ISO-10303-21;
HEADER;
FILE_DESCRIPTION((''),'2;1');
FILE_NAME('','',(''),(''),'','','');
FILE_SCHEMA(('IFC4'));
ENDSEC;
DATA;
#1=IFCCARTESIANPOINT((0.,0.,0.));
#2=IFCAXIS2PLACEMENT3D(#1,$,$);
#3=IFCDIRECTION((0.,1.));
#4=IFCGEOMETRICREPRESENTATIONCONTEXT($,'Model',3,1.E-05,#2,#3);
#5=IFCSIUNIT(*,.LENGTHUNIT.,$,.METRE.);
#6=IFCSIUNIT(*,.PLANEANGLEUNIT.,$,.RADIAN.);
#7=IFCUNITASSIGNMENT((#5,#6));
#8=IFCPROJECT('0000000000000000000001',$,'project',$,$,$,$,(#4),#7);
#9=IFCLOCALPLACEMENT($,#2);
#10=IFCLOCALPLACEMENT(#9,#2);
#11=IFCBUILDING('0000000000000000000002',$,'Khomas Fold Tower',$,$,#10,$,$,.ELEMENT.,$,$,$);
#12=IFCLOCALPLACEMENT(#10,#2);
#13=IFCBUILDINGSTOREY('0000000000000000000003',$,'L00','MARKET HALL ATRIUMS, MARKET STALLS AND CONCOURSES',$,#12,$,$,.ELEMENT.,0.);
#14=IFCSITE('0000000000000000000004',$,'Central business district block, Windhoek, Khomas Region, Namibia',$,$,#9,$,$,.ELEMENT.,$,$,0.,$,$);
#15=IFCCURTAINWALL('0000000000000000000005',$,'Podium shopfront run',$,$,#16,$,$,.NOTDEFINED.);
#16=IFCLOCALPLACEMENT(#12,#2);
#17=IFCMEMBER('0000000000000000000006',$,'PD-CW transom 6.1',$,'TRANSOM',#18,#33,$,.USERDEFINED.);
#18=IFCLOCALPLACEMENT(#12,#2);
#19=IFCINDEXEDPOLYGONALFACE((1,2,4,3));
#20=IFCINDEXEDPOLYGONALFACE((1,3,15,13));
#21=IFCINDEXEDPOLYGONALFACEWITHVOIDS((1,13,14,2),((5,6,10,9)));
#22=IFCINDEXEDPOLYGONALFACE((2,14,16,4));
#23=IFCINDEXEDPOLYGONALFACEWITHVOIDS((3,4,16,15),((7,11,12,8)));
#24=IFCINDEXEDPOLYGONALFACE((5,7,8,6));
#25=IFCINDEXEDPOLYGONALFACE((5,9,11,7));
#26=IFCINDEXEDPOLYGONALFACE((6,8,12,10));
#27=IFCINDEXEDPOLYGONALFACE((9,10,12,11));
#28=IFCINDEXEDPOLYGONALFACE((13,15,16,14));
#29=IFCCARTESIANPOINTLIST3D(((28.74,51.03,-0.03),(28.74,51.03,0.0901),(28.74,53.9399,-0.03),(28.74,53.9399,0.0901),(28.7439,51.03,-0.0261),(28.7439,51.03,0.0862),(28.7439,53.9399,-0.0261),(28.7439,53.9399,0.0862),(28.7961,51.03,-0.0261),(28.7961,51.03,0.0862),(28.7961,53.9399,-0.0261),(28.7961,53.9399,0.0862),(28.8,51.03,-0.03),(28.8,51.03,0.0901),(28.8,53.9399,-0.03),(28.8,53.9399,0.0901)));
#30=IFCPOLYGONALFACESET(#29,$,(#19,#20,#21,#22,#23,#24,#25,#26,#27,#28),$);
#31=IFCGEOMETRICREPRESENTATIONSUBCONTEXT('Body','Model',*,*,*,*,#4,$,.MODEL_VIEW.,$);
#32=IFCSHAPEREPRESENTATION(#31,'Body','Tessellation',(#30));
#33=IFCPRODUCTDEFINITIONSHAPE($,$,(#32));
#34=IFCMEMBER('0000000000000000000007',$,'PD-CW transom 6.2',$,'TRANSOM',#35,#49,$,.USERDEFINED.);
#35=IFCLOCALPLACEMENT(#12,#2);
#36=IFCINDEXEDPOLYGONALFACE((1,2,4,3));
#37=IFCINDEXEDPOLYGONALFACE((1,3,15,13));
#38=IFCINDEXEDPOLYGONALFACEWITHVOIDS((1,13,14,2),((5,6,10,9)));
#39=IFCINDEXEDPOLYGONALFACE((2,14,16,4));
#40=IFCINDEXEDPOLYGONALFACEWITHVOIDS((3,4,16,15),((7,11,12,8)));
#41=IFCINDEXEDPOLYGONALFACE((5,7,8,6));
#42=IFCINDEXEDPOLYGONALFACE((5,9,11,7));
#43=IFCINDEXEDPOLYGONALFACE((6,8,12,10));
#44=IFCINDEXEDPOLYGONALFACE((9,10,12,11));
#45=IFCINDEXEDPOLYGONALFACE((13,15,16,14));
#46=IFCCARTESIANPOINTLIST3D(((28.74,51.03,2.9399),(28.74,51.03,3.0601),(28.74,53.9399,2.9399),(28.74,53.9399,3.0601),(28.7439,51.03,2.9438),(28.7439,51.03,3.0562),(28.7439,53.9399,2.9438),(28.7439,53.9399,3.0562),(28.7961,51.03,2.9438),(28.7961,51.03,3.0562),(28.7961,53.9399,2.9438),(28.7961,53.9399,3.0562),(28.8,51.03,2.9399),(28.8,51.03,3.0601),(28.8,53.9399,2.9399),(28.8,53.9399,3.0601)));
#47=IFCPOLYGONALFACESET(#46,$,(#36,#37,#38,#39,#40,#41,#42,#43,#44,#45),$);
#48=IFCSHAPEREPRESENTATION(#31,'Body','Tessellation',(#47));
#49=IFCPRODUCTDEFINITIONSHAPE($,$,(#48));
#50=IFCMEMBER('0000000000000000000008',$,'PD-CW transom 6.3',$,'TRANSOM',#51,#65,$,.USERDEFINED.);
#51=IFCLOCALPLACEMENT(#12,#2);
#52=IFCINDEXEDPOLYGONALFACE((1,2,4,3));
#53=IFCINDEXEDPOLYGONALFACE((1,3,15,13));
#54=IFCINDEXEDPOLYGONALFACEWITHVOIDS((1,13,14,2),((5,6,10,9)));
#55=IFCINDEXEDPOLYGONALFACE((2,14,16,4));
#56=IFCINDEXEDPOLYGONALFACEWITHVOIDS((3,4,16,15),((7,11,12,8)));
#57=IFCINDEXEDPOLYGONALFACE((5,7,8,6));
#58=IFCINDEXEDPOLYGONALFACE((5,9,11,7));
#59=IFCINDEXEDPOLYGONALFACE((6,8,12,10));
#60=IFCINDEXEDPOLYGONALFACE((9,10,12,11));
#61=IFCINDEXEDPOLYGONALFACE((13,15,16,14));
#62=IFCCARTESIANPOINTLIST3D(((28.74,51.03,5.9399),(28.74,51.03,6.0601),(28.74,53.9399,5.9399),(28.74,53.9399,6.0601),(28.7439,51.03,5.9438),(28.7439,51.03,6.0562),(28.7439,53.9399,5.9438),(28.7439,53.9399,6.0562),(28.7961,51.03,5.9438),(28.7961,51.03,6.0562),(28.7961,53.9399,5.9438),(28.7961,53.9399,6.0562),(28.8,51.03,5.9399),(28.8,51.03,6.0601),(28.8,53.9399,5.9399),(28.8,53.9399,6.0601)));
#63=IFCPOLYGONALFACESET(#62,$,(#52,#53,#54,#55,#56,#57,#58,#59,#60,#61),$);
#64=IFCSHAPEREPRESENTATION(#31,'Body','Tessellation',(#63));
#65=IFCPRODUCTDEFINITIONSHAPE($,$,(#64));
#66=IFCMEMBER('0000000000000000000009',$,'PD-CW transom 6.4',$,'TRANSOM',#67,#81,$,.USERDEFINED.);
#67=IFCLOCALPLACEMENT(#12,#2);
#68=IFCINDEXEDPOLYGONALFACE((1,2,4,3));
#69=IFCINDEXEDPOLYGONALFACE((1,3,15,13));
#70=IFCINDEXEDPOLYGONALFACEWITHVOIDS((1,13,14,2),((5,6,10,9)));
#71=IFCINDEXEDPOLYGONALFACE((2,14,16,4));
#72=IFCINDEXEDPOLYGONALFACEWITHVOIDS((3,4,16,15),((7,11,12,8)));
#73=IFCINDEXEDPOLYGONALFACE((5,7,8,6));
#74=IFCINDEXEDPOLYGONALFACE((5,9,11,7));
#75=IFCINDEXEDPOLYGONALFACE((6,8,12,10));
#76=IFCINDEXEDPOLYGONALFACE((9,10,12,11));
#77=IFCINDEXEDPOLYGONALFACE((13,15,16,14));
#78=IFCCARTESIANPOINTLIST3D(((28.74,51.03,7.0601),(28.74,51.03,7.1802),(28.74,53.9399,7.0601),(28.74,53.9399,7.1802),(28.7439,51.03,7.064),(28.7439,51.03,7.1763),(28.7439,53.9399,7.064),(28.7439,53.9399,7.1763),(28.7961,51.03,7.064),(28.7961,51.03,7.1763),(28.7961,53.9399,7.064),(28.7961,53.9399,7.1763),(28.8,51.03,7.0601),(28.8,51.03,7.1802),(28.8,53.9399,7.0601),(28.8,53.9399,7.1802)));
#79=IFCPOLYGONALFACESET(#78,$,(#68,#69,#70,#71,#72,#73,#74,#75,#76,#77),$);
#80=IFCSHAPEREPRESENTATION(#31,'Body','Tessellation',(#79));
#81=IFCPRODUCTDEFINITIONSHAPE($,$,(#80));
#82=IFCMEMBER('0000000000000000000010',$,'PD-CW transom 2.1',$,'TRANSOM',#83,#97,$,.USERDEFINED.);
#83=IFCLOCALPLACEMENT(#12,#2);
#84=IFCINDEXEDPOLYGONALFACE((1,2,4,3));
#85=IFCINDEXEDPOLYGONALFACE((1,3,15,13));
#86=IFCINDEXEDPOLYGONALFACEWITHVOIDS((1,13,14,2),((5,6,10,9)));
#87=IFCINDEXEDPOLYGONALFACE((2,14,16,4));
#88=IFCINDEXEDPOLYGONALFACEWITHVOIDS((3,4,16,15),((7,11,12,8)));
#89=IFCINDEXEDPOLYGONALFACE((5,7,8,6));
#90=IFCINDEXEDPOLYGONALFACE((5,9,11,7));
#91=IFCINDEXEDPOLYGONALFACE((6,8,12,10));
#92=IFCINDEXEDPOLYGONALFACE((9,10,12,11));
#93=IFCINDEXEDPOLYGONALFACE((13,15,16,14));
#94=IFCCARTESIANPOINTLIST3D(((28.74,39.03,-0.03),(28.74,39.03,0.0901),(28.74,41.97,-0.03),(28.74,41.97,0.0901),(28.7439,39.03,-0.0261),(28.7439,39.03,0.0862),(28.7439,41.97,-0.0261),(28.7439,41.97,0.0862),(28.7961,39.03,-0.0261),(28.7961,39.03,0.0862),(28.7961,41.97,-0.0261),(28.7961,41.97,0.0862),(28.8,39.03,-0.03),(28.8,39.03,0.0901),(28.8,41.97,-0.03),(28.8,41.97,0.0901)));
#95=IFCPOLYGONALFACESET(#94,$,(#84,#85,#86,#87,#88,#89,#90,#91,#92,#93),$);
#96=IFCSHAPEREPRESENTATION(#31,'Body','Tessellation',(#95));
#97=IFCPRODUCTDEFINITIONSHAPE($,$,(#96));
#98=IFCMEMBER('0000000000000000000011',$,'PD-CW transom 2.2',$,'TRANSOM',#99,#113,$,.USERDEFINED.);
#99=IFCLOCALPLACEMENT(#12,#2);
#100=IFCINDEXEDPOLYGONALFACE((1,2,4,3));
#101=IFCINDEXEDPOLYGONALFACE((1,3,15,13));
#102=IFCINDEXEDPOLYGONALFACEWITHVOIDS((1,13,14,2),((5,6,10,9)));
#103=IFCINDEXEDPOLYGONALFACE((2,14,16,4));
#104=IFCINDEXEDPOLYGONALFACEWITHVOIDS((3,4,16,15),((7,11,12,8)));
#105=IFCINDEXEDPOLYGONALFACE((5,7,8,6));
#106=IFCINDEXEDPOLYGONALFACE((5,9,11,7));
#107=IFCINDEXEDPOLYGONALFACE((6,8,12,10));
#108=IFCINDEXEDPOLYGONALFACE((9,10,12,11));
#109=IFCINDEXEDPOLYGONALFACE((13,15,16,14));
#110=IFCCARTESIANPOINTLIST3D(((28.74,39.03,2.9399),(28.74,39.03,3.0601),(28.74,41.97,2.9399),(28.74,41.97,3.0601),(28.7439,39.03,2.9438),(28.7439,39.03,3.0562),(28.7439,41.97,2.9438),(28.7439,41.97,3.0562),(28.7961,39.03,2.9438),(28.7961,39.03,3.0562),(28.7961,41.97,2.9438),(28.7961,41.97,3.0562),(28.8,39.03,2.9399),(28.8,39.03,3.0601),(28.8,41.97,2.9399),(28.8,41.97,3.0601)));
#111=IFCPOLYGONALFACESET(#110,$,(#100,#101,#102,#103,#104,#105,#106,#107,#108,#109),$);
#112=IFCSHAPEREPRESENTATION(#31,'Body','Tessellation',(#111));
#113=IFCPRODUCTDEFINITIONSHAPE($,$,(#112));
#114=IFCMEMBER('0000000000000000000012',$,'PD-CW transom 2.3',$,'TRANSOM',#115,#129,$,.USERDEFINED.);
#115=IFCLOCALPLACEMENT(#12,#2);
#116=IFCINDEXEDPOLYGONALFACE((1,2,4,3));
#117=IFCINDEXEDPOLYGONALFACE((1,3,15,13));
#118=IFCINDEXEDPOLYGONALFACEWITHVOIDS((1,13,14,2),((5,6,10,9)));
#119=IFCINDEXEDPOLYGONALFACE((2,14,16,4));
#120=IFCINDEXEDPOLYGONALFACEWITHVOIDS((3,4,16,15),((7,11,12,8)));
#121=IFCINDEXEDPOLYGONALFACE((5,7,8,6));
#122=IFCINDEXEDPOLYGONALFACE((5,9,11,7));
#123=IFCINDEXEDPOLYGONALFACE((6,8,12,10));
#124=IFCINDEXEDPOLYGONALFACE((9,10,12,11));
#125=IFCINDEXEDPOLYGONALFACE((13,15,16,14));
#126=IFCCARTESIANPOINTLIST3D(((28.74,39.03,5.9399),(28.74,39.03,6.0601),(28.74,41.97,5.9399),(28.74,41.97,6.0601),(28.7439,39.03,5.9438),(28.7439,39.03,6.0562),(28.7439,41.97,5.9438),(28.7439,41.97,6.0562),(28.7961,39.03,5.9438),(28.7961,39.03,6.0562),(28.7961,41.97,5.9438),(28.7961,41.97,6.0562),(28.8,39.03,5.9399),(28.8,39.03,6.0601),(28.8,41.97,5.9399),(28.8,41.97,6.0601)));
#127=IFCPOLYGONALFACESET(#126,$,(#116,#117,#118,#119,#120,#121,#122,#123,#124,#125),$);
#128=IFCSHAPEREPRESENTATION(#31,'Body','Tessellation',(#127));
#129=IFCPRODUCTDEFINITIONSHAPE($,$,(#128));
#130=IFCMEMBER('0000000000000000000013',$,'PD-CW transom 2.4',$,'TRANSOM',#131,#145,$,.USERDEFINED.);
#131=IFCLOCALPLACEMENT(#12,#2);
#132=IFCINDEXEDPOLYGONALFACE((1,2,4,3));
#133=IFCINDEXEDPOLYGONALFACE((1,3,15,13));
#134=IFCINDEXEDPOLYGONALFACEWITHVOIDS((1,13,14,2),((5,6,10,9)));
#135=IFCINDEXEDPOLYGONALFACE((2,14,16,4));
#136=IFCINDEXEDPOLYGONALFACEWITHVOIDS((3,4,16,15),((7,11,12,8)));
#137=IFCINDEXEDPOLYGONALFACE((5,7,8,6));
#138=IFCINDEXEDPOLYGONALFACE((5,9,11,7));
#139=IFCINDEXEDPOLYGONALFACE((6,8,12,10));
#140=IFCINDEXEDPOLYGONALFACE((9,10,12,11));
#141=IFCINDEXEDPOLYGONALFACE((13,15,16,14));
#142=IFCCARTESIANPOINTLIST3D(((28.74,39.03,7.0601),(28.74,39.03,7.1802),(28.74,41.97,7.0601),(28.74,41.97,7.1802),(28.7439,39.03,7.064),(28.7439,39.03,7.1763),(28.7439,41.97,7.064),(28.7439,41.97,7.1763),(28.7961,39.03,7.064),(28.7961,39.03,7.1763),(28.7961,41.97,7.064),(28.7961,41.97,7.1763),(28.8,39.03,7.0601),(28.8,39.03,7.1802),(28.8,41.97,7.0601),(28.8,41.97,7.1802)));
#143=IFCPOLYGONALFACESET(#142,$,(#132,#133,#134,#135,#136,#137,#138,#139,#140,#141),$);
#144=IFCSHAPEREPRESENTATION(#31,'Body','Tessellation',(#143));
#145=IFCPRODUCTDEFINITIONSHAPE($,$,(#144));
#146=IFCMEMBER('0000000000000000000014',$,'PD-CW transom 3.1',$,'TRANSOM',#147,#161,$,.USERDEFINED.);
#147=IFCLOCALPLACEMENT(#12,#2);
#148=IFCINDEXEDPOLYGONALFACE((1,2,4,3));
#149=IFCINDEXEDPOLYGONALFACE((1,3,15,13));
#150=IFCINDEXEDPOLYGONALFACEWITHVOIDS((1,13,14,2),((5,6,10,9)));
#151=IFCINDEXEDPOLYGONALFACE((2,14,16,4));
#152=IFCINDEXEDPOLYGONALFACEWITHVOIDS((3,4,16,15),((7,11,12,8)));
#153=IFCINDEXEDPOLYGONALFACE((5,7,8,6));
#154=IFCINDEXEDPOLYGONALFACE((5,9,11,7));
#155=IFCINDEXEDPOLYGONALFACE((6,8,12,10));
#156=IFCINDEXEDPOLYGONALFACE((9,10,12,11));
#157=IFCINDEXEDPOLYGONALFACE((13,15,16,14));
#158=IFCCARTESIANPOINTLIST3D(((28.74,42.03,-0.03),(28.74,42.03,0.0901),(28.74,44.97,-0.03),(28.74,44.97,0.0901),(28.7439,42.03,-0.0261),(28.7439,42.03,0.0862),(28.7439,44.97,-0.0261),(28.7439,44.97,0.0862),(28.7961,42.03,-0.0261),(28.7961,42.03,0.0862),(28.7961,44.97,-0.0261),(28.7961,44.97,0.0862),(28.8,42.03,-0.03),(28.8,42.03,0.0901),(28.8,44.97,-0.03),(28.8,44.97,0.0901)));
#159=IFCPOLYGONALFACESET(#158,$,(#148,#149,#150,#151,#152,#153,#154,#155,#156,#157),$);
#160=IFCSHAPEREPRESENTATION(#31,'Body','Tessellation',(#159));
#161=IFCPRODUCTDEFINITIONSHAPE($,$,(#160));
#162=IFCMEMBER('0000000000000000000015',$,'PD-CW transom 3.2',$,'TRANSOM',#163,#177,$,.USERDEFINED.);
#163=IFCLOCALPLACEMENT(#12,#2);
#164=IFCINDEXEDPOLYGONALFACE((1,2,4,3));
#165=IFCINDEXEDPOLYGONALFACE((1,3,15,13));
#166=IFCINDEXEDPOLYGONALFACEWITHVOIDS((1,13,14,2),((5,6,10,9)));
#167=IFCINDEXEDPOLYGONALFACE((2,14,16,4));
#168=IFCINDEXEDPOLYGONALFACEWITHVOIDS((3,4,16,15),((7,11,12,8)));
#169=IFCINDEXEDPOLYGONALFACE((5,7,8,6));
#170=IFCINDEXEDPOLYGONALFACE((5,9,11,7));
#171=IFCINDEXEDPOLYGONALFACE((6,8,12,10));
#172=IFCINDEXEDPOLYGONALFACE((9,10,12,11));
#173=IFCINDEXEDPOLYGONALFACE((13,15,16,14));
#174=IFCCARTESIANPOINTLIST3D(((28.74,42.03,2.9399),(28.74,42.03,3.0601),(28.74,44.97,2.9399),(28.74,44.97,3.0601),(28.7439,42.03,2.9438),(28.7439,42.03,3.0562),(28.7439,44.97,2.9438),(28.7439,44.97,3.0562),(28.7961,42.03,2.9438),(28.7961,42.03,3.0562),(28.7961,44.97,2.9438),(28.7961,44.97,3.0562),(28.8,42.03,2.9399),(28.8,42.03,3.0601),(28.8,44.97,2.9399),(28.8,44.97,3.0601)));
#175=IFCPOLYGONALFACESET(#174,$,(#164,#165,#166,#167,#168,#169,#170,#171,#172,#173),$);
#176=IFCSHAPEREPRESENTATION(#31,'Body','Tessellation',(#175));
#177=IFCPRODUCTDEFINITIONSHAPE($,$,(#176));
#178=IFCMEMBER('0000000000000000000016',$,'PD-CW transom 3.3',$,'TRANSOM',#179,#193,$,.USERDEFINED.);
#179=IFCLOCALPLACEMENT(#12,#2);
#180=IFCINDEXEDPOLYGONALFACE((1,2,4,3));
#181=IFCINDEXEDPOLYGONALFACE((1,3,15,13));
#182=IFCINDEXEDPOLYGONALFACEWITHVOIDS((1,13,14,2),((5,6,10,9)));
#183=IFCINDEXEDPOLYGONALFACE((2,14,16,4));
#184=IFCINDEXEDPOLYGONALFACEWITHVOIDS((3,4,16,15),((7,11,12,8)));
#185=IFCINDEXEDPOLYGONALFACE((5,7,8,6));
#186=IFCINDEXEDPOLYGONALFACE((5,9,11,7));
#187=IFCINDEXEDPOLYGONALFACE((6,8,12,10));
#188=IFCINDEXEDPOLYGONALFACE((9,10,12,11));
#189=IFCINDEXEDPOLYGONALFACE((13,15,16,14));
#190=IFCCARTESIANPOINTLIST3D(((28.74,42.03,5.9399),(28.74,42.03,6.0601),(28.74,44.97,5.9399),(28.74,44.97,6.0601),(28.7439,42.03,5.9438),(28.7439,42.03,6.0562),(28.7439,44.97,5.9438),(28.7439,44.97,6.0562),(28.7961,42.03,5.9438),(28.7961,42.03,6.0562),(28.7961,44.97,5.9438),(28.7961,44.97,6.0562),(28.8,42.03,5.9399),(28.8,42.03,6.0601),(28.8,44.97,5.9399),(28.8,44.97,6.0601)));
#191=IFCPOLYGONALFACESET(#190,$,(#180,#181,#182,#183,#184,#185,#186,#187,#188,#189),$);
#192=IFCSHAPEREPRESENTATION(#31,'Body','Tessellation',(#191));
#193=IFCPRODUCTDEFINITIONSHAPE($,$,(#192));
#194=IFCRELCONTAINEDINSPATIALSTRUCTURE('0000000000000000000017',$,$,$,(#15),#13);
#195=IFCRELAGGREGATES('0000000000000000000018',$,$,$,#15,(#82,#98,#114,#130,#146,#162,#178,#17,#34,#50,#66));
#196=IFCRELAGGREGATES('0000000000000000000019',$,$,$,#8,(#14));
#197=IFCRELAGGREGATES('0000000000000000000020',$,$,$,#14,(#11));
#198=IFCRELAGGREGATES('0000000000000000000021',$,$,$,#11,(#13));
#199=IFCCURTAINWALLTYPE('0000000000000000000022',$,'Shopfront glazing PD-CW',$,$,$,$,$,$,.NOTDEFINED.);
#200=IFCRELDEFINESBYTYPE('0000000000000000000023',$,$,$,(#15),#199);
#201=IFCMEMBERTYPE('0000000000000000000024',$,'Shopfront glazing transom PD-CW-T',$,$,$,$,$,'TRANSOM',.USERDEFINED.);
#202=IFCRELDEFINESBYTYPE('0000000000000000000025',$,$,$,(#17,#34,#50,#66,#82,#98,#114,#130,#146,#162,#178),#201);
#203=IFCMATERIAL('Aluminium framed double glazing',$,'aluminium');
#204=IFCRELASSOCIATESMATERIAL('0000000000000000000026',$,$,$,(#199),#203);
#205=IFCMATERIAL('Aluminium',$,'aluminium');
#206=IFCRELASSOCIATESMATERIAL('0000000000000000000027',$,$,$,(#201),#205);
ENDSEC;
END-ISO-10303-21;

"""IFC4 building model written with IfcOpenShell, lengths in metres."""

from ifc_helpers import new_model, si_unit, direction, frame, origin, origin_2d, place, context, subcontext, project, spatial, hollow_rectangle, extrude, source, transform, mapped, material, material_profile, profile_set, type_object, element, aggregate, save


model = new_model("IFC4")

# Units and contexts
model_context = context("Model", 3, precision=1e-05, world=origin(), true_north=direction((0.0, 1.0)))
body_context = subcontext(model_context, "Body", "Model", "MODEL_VIEW")
ifc_project = project(units=[si_unit("LENGTHUNIT", "METRE"), si_unit("PLANEANGLEUNIT", "RADIAN")], contexts=[model_context])

# Site, building, storey
site_placement = place(None, origin())
site = spatial("IfcSite", under=ifc_project, at=site_placement, Name="Central business district block, Windhoek, Khomas Region, Namibia", CompositionType="ELEMENT", RefElevation=0.0)
building_placement = place(site_placement, origin())
building = spatial("IfcBuilding", under=site, at=building_placement, Name="Khomas Fold Tower", CompositionType="ELEMENT")
storey_placement = place(building_placement, origin())
storey = spatial("IfcBuildingStorey", under=building, at=storey_placement, Name="L00", Description="MARKET HALL ATRIUMS, MARKET STALLS AND CONCOURSES", CompositionType="ELEMENT", Elevation=0.0)

# Curtain wall, members
ifc_material_1 = material(Name="Aluminium framed double glazing", Category="aluminium")
curtain_wall_type = type_object("IfcCurtainWallType", Name="Shopfront glazing PD-CW", PredefinedType="NOTDEFINED", material=ifc_material_1)
curtain_wall_placement = place(storey_placement, origin())
curtain_wall = element("IfcCurtainWall", 1, at=curtain_wall_placement, inside=storey, type_object=curtain_wall_type, Name="Podium shopfront run", PredefinedType="NOTDEFINED")
ifc_material_2 = material(Name="Aluminium", Category="aluminium")
ifc_material_profile = material_profile(ifc_material_2, hollow_rectangle(XDim=0.0601, YDim=0.1201, WallThickness=0.0039, at=origin_2d()), Name="Shopfront glazing transom PD-CW-T")
ifc_profile_set = profile_set([ifc_material_profile], Name="Aluminium")
member_type = type_object("IfcMemberType", Name="Shopfront glazing transom PD-CW-T", ElementType="TRANSOM", PredefinedType="USERDEFINED", material=ifc_profile_set)
shared_shape_1 = source(origin(), body_context, "Body", "SweptSolid", [
    extrude(hollow_rectangle(XDim=0.0601, YDim=0.1201, WallThickness=0.0039, at=origin_2d()), origin(), (0.0, 0.0, 1.0), 2.9099),
])
member_1_placement = place(storey_placement, frame((28.77, 51.03, 0.03), z_axis=(0.0, 1.0, 0.0), x_axis=(-1.0, 0.0, 0.0)))
member_1 = element("IfcMember", 2, at=member_1_placement, type_object=member_type, Name="PD-CW transom 6.1", ObjectType="TRANSOM", PredefinedType="USERDEFINED", context=body_context, shape_type="MappedRepresentation", body=[
    mapped(shared_shape_1, transform((0.0, 0.0, 0.0))),
])
member_2_placement = place(storey_placement, frame((28.77, 51.03, 3.0), z_axis=(0.0, 1.0, 0.0), x_axis=(-1.0, 0.0, 0.0)))
member_2 = element("IfcMember", 3, at=member_2_placement, type_object=member_type, Name="PD-CW transom 6.2", ObjectType="TRANSOM", PredefinedType="USERDEFINED", context=body_context, shape_type="MappedRepresentation", body=[
    mapped(shared_shape_1, transform((0.0, 0.0, 0.0))),
])
member_3_placement = place(storey_placement, frame((28.77, 51.03, 6.0), z_axis=(0.0, 1.0, 0.0), x_axis=(-1.0, 0.0, 0.0)))
member_3 = element("IfcMember", 4, at=member_3_placement, type_object=member_type, Name="PD-CW transom 6.3", ObjectType="TRANSOM", PredefinedType="USERDEFINED", context=body_context, shape_type="MappedRepresentation", body=[
    mapped(shared_shape_1, transform((0.0, 0.0, 0.0))),
])
member_4_placement = place(storey_placement, frame((28.77, 51.03, 7.1201), z_axis=(0.0, 1.0, 0.0), x_axis=(-1.0, 0.0, 0.0)))
member_4 = element("IfcMember", 5, at=member_4_placement, type_object=member_type, Name="PD-CW transom 6.4", ObjectType="TRANSOM", PredefinedType="USERDEFINED", context=body_context, shape_type="MappedRepresentation", body=[
    mapped(shared_shape_1, transform((0.0, 0.0, 0.0))),
])
shared_shape_2 = source(origin(), body_context, "Body", "SweptSolid", [
    extrude(hollow_rectangle(XDim=0.0601, YDim=0.1201, WallThickness=0.0039, at=origin_2d()), origin(), (0.0, 0.0, 1.0), 2.9399),
])
member_5_placement = place(storey_placement, frame((28.77, 39.03, 0.03), z_axis=(0.0, 1.0, 0.0), x_axis=(-1.0, 0.0, 0.0)))
member_5 = element("IfcMember", 6, at=member_5_placement, type_object=member_type, Name="PD-CW transom 2.1", ObjectType="TRANSOM", PredefinedType="USERDEFINED", context=body_context, shape_type="MappedRepresentation", body=[
    mapped(shared_shape_2, transform((0.0, 0.0, 0.0))),
])
member_6_placement = place(storey_placement, frame((28.77, 39.03, 3.0), z_axis=(0.0, 1.0, 0.0), x_axis=(-1.0, 0.0, 0.0)))
member_6 = element("IfcMember", 7, at=member_6_placement, type_object=member_type, Name="PD-CW transom 2.2", ObjectType="TRANSOM", PredefinedType="USERDEFINED", context=body_context, shape_type="MappedRepresentation", body=[
    mapped(shared_shape_2, transform((0.0, 0.0, 0.0))),
])
member_7_placement = place(storey_placement, frame((28.77, 39.03, 6.0), z_axis=(0.0, 1.0, 0.0), x_axis=(-1.0, 0.0, 0.0)))
member_7 = element("IfcMember", 8, at=member_7_placement, type_object=member_type, Name="PD-CW transom 2.3", ObjectType="TRANSOM", PredefinedType="USERDEFINED", context=body_context, shape_type="MappedRepresentation", body=[
    mapped(shared_shape_2, transform((0.0, 0.0, 0.0))),
])
member_8_placement = place(storey_placement, frame((28.77, 39.03, 7.1201), z_axis=(0.0, 1.0, 0.0), x_axis=(-1.0, 0.0, 0.0)))
member_8 = element("IfcMember", 9, at=member_8_placement, type_object=member_type, Name="PD-CW transom 2.4", ObjectType="TRANSOM", PredefinedType="USERDEFINED", context=body_context, shape_type="MappedRepresentation", body=[
    mapped(shared_shape_2, transform((0.0, 0.0, 0.0))),
])
member_9_placement = place(storey_placement, frame((28.77, 42.03, 0.03), z_axis=(0.0, 1.0, 0.0), x_axis=(-1.0, 0.0, 0.0)))
member_9 = element("IfcMember", 10, at=member_9_placement, type_object=member_type, Name="PD-CW transom 3.1", ObjectType="TRANSOM", PredefinedType="USERDEFINED", context=body_context, shape_type="MappedRepresentation", body=[
    mapped(shared_shape_2, transform((0.0, 0.0, 0.0))),
])
member_10_placement = place(storey_placement, frame((28.77, 42.03, 3.0), z_axis=(0.0, 1.0, 0.0), x_axis=(-1.0, 0.0, 0.0)))
member_10 = element("IfcMember", 11, at=member_10_placement, type_object=member_type, Name="PD-CW transom 3.2", ObjectType="TRANSOM", PredefinedType="USERDEFINED", context=body_context, shape_type="MappedRepresentation", body=[
    mapped(shared_shape_2, transform((0.0, 0.0, 0.0))),
])
member_11_placement = place(storey_placement, frame((28.77, 42.03, 6.0), z_axis=(0.0, 1.0, 0.0), x_axis=(-1.0, 0.0, 0.0)))
member_11 = element("IfcMember", 12, at=member_11_placement, type_object=member_type, Name="PD-CW transom 3.3", ObjectType="TRANSOM", PredefinedType="USERDEFINED", context=body_context, shape_type="MappedRepresentation", body=[
    mapped(shared_shape_2, transform((0.0, 0.0, 0.0))),
])
aggregate(curtain_wall, [member_5, member_6, member_7, member_8, member_9, member_10, member_11, member_1, member_2, member_3, member_4])

save(model, "model.ifc")
